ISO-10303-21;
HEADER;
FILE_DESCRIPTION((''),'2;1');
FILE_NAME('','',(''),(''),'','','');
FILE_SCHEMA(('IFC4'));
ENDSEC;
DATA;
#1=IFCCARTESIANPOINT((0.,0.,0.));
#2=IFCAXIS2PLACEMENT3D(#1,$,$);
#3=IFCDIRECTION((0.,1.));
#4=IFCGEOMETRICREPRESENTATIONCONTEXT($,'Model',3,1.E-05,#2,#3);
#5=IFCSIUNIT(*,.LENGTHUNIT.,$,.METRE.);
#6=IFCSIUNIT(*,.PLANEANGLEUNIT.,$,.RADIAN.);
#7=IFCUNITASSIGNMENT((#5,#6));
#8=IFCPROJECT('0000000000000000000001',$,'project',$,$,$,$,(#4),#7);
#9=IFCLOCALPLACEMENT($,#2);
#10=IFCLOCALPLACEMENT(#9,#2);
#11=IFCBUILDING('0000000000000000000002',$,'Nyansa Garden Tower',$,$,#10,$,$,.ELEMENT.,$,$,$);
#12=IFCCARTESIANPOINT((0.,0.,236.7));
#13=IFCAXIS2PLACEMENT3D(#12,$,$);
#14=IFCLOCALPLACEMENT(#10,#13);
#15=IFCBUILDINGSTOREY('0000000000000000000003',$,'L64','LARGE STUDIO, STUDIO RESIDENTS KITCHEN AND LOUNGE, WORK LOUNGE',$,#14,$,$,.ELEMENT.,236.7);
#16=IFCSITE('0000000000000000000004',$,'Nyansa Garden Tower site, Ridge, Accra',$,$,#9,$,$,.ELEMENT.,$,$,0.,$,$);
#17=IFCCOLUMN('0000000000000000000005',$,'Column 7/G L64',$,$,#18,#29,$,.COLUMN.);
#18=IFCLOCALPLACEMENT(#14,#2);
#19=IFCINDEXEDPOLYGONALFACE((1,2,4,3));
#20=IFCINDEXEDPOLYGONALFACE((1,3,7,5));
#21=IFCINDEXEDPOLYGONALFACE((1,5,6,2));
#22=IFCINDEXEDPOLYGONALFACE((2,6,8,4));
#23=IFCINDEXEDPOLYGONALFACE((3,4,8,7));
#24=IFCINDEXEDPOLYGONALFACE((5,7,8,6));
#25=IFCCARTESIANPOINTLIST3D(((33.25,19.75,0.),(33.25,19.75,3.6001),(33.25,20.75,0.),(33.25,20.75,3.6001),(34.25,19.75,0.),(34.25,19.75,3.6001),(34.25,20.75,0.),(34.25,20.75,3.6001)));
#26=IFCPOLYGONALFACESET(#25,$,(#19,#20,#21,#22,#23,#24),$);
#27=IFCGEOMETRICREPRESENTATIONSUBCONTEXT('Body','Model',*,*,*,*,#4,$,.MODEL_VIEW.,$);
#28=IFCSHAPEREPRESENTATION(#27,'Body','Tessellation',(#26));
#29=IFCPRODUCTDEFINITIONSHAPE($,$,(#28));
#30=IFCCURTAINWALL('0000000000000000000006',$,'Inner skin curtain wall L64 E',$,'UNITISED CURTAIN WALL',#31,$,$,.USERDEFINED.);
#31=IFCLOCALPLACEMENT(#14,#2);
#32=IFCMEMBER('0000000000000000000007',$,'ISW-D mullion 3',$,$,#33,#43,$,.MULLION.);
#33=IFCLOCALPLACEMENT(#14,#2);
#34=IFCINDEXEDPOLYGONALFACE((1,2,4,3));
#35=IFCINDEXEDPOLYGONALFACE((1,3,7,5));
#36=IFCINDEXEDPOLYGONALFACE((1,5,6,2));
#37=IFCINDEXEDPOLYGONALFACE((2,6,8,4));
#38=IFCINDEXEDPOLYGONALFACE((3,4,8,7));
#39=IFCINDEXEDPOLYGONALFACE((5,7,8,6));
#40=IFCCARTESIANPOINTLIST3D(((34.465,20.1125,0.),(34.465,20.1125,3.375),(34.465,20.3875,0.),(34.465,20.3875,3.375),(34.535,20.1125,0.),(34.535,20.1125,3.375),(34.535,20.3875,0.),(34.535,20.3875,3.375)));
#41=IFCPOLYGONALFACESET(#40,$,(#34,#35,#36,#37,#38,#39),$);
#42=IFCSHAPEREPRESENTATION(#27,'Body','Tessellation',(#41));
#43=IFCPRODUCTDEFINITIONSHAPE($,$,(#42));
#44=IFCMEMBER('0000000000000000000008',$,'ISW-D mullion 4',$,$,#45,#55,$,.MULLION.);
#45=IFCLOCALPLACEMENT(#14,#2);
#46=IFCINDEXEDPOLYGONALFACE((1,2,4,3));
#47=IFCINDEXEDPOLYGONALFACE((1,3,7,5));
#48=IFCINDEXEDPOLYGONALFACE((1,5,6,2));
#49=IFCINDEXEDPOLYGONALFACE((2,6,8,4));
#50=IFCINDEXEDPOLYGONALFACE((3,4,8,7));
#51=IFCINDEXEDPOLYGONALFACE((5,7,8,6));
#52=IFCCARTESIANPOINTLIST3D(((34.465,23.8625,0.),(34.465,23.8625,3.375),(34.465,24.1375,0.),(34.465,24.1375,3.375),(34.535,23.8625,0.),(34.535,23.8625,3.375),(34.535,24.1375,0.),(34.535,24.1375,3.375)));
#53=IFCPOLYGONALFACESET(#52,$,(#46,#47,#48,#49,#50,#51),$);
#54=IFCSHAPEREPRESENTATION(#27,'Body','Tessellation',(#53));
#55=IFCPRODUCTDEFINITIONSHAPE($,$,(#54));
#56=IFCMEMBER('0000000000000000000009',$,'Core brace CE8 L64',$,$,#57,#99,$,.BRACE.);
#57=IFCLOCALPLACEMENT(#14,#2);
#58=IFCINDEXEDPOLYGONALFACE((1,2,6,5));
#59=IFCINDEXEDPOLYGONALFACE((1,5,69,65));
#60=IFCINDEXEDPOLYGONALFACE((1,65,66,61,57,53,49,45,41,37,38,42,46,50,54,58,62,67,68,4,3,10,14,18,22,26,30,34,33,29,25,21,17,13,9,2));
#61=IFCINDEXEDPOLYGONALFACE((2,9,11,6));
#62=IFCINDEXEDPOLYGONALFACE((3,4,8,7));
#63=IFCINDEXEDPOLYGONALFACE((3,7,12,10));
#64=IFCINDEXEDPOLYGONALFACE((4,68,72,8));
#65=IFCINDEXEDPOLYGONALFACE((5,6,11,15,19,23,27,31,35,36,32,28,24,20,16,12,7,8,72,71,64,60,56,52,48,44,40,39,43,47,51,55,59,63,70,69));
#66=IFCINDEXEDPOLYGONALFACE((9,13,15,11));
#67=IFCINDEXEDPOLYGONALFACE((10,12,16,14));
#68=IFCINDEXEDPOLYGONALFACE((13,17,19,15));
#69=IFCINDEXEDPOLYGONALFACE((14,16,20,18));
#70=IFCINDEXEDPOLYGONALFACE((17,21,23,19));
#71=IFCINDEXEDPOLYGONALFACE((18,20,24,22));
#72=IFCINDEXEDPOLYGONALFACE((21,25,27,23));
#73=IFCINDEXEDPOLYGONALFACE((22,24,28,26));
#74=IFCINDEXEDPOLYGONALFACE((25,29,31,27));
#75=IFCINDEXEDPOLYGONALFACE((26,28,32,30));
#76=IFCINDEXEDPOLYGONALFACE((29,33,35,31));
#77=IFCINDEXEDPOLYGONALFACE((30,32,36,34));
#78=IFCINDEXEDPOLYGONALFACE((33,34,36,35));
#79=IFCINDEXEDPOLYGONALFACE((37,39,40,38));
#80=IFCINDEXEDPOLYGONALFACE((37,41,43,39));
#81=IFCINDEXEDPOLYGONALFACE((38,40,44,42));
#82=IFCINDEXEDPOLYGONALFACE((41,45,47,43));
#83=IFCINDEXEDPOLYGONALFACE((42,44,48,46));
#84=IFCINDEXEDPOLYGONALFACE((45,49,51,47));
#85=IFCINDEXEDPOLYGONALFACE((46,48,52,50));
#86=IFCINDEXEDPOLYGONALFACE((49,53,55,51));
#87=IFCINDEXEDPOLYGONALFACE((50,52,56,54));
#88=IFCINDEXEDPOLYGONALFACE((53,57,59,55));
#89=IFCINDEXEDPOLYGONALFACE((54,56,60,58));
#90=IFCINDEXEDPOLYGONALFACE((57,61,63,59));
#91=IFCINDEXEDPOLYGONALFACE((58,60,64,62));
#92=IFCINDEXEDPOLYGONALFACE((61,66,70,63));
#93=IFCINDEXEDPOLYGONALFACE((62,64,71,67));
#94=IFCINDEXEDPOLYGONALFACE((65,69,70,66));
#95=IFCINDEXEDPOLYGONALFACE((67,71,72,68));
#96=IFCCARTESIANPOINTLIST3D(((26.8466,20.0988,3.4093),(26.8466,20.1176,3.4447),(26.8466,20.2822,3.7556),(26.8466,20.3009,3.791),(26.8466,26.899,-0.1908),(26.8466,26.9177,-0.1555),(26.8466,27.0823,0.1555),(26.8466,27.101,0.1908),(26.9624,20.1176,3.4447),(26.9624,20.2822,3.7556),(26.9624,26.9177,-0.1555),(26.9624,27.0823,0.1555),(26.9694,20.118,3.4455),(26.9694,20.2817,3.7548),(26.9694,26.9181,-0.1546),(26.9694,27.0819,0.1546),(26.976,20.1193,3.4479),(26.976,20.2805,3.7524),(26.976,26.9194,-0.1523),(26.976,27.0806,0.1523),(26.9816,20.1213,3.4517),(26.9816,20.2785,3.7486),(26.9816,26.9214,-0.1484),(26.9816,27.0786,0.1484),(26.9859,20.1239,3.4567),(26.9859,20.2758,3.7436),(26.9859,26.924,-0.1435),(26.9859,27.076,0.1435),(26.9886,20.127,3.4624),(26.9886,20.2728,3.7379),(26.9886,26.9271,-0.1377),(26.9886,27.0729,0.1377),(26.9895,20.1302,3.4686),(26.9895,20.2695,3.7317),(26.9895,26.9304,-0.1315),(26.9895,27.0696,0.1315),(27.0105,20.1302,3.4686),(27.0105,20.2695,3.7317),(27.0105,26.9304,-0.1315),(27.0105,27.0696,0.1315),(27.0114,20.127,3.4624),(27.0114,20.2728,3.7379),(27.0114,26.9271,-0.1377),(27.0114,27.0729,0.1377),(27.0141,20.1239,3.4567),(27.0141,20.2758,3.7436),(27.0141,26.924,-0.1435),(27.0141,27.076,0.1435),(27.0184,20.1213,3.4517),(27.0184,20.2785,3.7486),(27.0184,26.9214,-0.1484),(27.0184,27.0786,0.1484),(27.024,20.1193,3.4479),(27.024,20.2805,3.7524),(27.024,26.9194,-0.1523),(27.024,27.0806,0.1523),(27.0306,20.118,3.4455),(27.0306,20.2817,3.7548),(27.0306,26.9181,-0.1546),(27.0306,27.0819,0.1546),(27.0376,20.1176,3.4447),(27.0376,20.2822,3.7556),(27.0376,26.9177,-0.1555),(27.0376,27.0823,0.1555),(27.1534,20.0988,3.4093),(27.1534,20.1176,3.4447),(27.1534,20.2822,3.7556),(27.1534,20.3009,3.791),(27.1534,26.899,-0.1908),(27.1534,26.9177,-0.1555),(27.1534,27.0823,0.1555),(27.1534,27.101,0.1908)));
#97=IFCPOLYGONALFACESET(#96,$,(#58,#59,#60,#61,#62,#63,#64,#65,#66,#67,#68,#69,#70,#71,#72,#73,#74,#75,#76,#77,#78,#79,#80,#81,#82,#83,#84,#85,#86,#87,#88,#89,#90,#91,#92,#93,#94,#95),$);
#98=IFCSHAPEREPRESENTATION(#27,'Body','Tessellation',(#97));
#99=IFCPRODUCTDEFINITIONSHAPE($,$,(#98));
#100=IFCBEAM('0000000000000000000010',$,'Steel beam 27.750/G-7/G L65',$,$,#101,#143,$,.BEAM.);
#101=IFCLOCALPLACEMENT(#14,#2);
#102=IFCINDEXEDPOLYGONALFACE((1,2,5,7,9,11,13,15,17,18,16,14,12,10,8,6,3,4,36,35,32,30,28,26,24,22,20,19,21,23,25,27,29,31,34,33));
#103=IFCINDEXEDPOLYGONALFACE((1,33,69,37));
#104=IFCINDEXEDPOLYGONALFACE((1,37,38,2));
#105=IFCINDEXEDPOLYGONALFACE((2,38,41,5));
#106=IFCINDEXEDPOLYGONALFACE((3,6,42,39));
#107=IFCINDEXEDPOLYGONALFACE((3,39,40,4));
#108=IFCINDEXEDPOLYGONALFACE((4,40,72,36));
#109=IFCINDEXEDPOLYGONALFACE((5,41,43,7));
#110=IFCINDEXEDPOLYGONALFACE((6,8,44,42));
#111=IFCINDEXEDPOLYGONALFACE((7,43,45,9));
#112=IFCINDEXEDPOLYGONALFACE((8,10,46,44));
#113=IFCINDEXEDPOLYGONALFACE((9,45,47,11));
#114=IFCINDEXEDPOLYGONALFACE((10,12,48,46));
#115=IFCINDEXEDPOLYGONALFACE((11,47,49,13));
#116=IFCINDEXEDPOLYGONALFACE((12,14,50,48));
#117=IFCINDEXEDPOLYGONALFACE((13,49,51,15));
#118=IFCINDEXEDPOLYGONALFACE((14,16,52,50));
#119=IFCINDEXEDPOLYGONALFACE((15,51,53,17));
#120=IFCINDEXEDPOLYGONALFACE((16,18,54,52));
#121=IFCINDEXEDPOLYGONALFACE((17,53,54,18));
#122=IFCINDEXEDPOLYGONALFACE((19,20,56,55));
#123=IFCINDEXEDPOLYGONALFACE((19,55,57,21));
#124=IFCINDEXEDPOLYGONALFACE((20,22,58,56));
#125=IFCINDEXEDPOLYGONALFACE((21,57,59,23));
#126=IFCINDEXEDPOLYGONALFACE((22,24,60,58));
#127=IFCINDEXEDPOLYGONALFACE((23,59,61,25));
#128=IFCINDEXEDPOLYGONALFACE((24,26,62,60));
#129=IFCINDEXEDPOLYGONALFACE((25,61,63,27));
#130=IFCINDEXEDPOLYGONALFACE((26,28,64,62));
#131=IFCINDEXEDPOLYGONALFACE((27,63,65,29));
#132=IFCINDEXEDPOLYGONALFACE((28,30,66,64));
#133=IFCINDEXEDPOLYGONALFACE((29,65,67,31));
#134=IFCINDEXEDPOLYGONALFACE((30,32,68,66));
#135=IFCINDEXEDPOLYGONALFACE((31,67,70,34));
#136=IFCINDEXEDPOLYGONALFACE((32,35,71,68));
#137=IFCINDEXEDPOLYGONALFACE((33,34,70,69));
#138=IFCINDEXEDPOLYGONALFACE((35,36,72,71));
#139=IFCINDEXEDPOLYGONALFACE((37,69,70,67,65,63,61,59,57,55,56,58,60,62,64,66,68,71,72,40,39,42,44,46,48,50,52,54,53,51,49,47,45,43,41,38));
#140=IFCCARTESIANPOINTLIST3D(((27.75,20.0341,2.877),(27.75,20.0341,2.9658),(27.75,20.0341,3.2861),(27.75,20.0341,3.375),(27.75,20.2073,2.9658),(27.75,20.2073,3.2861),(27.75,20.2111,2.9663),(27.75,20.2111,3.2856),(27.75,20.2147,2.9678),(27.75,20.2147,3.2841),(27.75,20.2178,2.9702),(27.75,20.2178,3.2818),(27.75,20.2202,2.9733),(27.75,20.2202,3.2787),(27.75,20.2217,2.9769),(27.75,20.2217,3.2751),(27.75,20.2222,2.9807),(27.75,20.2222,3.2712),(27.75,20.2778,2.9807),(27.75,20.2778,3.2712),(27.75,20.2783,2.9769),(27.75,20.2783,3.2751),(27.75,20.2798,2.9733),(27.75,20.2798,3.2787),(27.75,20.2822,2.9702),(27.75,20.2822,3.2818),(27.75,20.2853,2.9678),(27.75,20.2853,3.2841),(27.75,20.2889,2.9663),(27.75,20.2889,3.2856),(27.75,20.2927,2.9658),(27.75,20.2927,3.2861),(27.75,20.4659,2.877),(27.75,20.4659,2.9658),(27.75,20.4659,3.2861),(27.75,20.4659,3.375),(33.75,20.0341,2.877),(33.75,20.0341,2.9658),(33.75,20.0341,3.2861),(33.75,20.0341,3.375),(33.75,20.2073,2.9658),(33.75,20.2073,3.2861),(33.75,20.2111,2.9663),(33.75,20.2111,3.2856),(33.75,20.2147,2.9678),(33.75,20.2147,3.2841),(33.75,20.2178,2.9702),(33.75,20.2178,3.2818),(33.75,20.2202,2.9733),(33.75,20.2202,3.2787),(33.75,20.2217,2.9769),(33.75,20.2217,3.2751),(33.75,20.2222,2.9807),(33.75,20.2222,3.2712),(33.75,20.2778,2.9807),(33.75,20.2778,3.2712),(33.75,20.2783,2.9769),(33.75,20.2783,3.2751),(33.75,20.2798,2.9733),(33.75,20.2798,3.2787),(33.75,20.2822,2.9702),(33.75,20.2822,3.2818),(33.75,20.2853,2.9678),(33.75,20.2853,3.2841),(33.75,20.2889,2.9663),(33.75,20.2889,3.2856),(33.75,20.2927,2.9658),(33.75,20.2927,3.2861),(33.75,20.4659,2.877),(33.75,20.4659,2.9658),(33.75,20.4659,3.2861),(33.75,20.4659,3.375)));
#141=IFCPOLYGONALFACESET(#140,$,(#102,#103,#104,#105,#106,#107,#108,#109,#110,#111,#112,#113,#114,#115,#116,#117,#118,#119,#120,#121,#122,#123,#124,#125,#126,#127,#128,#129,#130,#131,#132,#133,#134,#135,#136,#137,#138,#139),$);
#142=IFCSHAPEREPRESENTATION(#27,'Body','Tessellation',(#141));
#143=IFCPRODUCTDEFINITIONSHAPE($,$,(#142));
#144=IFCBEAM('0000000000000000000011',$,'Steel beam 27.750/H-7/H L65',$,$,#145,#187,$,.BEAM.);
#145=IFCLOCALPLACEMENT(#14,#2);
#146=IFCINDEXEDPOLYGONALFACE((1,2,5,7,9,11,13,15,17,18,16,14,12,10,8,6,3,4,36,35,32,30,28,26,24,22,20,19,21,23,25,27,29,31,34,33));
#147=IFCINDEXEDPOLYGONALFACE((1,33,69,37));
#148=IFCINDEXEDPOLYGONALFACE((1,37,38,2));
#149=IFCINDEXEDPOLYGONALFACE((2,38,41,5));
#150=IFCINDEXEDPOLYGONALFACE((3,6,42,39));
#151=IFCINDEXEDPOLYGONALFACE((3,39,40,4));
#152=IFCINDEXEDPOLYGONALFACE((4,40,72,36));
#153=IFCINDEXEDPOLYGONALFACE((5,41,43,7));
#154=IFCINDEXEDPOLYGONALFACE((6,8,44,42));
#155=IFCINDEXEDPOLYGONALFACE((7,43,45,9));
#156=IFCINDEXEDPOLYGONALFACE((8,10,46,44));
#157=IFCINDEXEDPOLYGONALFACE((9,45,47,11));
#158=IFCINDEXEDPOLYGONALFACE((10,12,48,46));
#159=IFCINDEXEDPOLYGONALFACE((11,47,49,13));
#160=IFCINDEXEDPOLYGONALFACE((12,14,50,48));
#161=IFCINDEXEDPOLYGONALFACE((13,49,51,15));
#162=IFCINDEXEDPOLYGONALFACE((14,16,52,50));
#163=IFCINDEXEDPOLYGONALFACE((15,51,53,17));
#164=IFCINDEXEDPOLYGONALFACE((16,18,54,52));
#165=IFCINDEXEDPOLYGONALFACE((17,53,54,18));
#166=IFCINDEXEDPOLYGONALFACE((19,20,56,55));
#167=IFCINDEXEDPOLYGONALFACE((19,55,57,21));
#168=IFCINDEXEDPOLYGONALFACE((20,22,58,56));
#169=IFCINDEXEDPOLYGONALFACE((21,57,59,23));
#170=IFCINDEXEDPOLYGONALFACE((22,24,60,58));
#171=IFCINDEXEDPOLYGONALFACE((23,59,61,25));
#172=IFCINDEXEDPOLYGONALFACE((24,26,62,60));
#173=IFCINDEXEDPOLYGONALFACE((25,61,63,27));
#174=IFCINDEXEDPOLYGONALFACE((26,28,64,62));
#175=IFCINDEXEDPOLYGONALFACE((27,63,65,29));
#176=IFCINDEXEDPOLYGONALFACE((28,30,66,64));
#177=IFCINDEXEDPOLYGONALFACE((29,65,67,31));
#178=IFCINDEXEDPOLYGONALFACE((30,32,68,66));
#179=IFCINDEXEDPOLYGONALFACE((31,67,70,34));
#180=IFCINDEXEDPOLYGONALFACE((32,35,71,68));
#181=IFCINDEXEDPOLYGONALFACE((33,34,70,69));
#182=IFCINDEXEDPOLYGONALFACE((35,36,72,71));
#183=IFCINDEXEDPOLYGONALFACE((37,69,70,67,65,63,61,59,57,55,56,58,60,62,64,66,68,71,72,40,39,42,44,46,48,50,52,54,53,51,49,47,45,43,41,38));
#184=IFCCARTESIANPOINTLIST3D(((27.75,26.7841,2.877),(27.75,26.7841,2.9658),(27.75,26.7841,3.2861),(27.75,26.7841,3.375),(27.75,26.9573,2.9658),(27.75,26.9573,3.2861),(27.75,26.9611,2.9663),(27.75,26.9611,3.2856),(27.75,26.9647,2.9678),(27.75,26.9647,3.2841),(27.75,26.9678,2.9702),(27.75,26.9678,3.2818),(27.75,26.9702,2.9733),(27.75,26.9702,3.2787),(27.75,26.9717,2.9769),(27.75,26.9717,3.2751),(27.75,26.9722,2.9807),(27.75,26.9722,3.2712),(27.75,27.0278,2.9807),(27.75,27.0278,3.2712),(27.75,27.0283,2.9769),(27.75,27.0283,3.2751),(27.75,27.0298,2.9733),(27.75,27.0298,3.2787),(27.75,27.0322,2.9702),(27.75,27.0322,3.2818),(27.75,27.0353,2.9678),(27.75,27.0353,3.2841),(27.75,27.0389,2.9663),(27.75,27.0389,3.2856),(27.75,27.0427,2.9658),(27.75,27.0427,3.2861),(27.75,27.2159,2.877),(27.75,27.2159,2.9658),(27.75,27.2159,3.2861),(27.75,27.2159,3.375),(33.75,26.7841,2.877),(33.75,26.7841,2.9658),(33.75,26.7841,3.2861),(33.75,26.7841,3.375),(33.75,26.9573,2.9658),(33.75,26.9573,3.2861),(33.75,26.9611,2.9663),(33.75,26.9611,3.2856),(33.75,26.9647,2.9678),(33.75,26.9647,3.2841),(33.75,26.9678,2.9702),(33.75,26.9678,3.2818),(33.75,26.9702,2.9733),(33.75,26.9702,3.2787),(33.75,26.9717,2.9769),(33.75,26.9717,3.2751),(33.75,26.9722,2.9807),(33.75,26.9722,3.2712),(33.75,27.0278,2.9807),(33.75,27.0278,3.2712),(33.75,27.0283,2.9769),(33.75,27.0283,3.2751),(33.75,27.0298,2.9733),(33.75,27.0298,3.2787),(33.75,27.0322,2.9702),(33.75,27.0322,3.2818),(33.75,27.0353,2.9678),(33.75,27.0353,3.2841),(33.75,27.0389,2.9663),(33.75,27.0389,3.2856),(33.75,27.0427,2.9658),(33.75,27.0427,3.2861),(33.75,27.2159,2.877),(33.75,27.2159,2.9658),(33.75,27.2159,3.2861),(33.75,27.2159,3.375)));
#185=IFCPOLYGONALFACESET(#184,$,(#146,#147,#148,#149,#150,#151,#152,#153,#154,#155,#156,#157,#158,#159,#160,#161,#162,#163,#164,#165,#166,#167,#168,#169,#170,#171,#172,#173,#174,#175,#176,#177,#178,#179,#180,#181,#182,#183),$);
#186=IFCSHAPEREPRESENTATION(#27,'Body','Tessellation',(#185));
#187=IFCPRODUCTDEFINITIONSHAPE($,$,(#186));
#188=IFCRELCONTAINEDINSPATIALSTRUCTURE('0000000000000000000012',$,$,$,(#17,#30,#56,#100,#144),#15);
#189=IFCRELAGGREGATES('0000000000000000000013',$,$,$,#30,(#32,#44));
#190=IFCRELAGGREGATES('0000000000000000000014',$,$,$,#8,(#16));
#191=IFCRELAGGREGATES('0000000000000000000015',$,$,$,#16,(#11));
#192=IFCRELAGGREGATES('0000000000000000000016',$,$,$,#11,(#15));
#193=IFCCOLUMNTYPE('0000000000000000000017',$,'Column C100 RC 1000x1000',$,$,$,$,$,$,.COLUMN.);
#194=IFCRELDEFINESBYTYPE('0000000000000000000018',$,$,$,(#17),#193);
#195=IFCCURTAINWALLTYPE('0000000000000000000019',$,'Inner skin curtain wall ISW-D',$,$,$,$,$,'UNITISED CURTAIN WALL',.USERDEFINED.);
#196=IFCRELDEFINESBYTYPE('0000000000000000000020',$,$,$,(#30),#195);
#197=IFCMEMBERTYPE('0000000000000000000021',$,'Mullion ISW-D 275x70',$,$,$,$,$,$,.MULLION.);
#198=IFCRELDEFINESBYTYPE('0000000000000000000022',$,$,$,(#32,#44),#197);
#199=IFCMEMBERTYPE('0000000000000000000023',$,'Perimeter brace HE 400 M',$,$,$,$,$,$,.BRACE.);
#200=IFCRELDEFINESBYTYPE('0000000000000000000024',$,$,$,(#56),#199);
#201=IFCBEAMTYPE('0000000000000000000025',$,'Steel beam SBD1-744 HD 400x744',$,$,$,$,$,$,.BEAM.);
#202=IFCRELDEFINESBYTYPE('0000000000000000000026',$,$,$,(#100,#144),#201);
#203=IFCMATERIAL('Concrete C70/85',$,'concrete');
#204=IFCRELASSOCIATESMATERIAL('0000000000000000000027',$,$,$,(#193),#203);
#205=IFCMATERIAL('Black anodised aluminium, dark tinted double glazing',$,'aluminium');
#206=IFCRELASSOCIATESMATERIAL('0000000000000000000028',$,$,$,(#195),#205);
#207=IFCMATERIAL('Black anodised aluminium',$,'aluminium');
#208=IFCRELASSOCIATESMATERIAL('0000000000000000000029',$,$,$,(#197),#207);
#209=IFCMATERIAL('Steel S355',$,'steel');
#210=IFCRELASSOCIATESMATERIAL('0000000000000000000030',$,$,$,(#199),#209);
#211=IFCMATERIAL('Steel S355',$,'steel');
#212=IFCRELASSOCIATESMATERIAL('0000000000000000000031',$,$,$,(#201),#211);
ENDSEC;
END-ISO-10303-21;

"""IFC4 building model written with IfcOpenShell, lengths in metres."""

from ifc_helpers import new_model, si_unit, direction, frame, origin, origin_2d, place, context, subcontext, project, spatial, rectangle, i_section, extrude, material, material_profile, profile_set, type_object, element, aggregate, save


model = new_model("IFC4")

# Units and contexts
model_context = context("Model", 3, precision=1e-05, world=origin(), true_north=direction((0.0, 1.0)))
body_context = subcontext(model_context, "Body", "Model", "MODEL_VIEW")
ifc_project = project(units=[si_unit("LENGTHUNIT", "METRE"), si_unit("PLANEANGLEUNIT", "RADIAN")], contexts=[model_context])

# Site, building, storey
site_placement = place(None, origin())
site = spatial("IfcSite", under=ifc_project, at=site_placement, Name="Nyansa Garden Tower site, Ridge, Accra", CompositionType="ELEMENT", RefElevation=0.0)
building_placement = place(site_placement, origin())
building = spatial("IfcBuilding", under=site, at=building_placement, Name="Nyansa Garden Tower", CompositionType="ELEMENT")
storey_placement = place(building_placement, frame((0.0, 0.0, 236.7)))
storey = spatial("IfcBuildingStorey", under=building, at=storey_placement, Name="L64", Description="LARGE STUDIO, STUDIO RESIDENTS KITCHEN AND LOUNGE, WORK LOUNGE", CompositionType="ELEMENT", Elevation=236.7)

# Column
ifc_material_1 = material(Name="Concrete C70/85", Category="concrete")
ifc_material_profile_1 = material_profile(ifc_material_1, rectangle(XDim=1.0, YDim=1.0, at=origin_2d()), Name="RC 1000x1000")
ifc_profile_set_1 = profile_set([ifc_material_profile_1], Name="Concrete C70/85")
column_type = type_object("IfcColumnType", Name="Column C100 RC 1000x1000", PredefinedType="COLUMN", material=ifc_profile_set_1)
column_placement = place(storey_placement, frame((33.75, 20.25, 0.0), z_axis=(0.0, 0.0, 1.0), x_axis=(1.0, 0.0, 0.0)))
element("IfcColumn", 1, at=column_placement, inside=storey, type_object=column_type, Name="Column 7/G L64", PredefinedType="COLUMN", context=body_context, shape_type="SweptSolid", body=[
    extrude(rectangle(XDim=1.0, YDim=1.0, at=origin_2d()), origin(), (0.0, 0.0, 1.0), 3.6001),
])

# Curtain wall, members
ifc_material_2 = material(Name="Black anodised aluminium, dark tinted double glazing", Category="aluminium")
curtain_wall_type = type_object("IfcCurtainWallType", Name="Inner skin curtain wall ISW-D", ElementType="UNITISED CURTAIN WALL", PredefinedType="USERDEFINED", material=ifc_material_2)
curtain_wall_placement = place(storey_placement, origin())
curtain_wall = element("IfcCurtainWall", 2, at=curtain_wall_placement, inside=storey, type_object=curtain_wall_type, Name="Inner skin curtain wall L64 E", ObjectType="UNITISED CURTAIN WALL", PredefinedType="USERDEFINED")
ifc_material_3 = material(Name="Black anodised aluminium", Category="aluminium")
ifc_material_profile_2 = material_profile(ifc_material_3, rectangle(XDim=0.0701, YDim=0.2749, at=origin_2d()), Name="Mullion 275x70")
ifc_profile_set_2 = profile_set([ifc_material_profile_2], Name="Black anodised aluminium")
member_type_1 = type_object("IfcMemberType", Name="Mullion ISW-D 275x70", PredefinedType="MULLION", material=ifc_profile_set_2)
member_1_placement = place(storey_placement, frame((34.5, 20.25, 0.0), z_axis=(0.0, 0.0, 1.0), x_axis=(-1.0, 0.0, 0.0)))
member_1 = element("IfcMember", 3, at=member_1_placement, type_object=member_type_1, Name="ISW-D mullion 3", PredefinedType="MULLION", context=body_context, shape_type="SweptSolid", body=[
    extrude(rectangle(XDim=0.0701, YDim=0.2749, at=origin_2d()), origin(), (0.0, 0.0, 1.0), 3.375),
])
member_2_placement = place(storey_placement, frame((34.5, 24.0, 0.0), z_axis=(0.0, 0.0, 1.0), x_axis=(-1.0, 0.0, 0.0)))
member_2 = element("IfcMember", 4, at=member_2_placement, type_object=member_type_1, Name="ISW-D mullion 4", PredefinedType="MULLION", context=body_context, shape_type="SweptSolid", body=[
    extrude(rectangle(XDim=0.0701, YDim=0.2749, at=origin_2d()), origin(), (0.0, 0.0, 1.0), 3.375),
])

# Member
ifc_material_4 = material(Name="Steel S355", Category="steel")
ifc_material_profile_3 = material_profile(ifc_material_4, i_section(OverallWidth=0.3069, OverallDepth=0.4319, WebThickness=0.021, FlangeThickness=0.04, FilletRadius=0.0271, at=origin_2d()), Name="HE 400 M")
ifc_profile_set_3 = profile_set([ifc_material_profile_3], Name="Steel S355")
member_type_2 = type_object("IfcMemberType", Name="Perimeter brace HE 400 M", PredefinedType="BRACE", material=ifc_profile_set_3)
member_3_placement = place(storey_placement, frame((27.0, 27.0, 0.0), z_axis=(0.0, -0.883784, 0.467895), x_axis=(1.0, 0.0, 0.0)))
element("IfcMember", 5, at=member_3_placement, inside=storey, type_object=member_type_2, Name="Core brace CE8 L64", PredefinedType="BRACE", context=body_context, shape_type="SweptSolid", body=[
    extrude(i_section(OverallWidth=0.3069, OverallDepth=0.4319, WebThickness=0.021, FlangeThickness=0.04, FilletRadius=0.0271, at=origin_2d()), origin(), (0.0, 0.0, 1.0), 7.6943),
])

# Beams
ifc_material_5 = material(Name="Steel S355", Category="steel")
ifc_material_profile_4 = material_profile(ifc_material_5, i_section(OverallWidth=0.4319, OverallDepth=0.498, WebThickness=0.0557, FlangeThickness=0.0889, FilletRadius=0.0149, at=origin_2d()), Name="HD 400x744")
ifc_profile_set_4 = profile_set([ifc_material_profile_4], Name="Steel S355")
beam_type_1 = type_object("IfcBeamType", Name="Steel beam SBD1-744 HD 400x744", PredefinedType="BEAM", material=ifc_profile_set_4)
for number, where, z_axis, x_axis, name in (
    (6, (27.75, 20.25, 3.126), (1.0, 0.0, 0.0), (0.0, 1.0, 0.0), "Steel beam 27.750/G-7/G L65"),
    (7, (27.75, 27.0, 3.126), (1.0, 0.0, 0.0), (0.0, 1.0, 0.0), "Steel beam 27.750/H-7/H L65"),
):
    element("IfcBeam", number, at=place(storey_placement, frame(where, z_axis=z_axis, x_axis=x_axis)), inside=storey, type_object=beam_type_1, Name=name, PredefinedType="BEAM", context=body_context, shape_type="SweptSolid", body=[
        extrude(i_section(OverallWidth=0.4319, OverallDepth=0.498, WebThickness=0.0557, FlangeThickness=0.0889, FilletRadius=0.0149, at=origin_2d()), origin(), (0.0, 0.0, 1.0), 6.0),
    ])

aggregate(curtain_wall, [member_1, member_2])

save(model, "model.ifc")
